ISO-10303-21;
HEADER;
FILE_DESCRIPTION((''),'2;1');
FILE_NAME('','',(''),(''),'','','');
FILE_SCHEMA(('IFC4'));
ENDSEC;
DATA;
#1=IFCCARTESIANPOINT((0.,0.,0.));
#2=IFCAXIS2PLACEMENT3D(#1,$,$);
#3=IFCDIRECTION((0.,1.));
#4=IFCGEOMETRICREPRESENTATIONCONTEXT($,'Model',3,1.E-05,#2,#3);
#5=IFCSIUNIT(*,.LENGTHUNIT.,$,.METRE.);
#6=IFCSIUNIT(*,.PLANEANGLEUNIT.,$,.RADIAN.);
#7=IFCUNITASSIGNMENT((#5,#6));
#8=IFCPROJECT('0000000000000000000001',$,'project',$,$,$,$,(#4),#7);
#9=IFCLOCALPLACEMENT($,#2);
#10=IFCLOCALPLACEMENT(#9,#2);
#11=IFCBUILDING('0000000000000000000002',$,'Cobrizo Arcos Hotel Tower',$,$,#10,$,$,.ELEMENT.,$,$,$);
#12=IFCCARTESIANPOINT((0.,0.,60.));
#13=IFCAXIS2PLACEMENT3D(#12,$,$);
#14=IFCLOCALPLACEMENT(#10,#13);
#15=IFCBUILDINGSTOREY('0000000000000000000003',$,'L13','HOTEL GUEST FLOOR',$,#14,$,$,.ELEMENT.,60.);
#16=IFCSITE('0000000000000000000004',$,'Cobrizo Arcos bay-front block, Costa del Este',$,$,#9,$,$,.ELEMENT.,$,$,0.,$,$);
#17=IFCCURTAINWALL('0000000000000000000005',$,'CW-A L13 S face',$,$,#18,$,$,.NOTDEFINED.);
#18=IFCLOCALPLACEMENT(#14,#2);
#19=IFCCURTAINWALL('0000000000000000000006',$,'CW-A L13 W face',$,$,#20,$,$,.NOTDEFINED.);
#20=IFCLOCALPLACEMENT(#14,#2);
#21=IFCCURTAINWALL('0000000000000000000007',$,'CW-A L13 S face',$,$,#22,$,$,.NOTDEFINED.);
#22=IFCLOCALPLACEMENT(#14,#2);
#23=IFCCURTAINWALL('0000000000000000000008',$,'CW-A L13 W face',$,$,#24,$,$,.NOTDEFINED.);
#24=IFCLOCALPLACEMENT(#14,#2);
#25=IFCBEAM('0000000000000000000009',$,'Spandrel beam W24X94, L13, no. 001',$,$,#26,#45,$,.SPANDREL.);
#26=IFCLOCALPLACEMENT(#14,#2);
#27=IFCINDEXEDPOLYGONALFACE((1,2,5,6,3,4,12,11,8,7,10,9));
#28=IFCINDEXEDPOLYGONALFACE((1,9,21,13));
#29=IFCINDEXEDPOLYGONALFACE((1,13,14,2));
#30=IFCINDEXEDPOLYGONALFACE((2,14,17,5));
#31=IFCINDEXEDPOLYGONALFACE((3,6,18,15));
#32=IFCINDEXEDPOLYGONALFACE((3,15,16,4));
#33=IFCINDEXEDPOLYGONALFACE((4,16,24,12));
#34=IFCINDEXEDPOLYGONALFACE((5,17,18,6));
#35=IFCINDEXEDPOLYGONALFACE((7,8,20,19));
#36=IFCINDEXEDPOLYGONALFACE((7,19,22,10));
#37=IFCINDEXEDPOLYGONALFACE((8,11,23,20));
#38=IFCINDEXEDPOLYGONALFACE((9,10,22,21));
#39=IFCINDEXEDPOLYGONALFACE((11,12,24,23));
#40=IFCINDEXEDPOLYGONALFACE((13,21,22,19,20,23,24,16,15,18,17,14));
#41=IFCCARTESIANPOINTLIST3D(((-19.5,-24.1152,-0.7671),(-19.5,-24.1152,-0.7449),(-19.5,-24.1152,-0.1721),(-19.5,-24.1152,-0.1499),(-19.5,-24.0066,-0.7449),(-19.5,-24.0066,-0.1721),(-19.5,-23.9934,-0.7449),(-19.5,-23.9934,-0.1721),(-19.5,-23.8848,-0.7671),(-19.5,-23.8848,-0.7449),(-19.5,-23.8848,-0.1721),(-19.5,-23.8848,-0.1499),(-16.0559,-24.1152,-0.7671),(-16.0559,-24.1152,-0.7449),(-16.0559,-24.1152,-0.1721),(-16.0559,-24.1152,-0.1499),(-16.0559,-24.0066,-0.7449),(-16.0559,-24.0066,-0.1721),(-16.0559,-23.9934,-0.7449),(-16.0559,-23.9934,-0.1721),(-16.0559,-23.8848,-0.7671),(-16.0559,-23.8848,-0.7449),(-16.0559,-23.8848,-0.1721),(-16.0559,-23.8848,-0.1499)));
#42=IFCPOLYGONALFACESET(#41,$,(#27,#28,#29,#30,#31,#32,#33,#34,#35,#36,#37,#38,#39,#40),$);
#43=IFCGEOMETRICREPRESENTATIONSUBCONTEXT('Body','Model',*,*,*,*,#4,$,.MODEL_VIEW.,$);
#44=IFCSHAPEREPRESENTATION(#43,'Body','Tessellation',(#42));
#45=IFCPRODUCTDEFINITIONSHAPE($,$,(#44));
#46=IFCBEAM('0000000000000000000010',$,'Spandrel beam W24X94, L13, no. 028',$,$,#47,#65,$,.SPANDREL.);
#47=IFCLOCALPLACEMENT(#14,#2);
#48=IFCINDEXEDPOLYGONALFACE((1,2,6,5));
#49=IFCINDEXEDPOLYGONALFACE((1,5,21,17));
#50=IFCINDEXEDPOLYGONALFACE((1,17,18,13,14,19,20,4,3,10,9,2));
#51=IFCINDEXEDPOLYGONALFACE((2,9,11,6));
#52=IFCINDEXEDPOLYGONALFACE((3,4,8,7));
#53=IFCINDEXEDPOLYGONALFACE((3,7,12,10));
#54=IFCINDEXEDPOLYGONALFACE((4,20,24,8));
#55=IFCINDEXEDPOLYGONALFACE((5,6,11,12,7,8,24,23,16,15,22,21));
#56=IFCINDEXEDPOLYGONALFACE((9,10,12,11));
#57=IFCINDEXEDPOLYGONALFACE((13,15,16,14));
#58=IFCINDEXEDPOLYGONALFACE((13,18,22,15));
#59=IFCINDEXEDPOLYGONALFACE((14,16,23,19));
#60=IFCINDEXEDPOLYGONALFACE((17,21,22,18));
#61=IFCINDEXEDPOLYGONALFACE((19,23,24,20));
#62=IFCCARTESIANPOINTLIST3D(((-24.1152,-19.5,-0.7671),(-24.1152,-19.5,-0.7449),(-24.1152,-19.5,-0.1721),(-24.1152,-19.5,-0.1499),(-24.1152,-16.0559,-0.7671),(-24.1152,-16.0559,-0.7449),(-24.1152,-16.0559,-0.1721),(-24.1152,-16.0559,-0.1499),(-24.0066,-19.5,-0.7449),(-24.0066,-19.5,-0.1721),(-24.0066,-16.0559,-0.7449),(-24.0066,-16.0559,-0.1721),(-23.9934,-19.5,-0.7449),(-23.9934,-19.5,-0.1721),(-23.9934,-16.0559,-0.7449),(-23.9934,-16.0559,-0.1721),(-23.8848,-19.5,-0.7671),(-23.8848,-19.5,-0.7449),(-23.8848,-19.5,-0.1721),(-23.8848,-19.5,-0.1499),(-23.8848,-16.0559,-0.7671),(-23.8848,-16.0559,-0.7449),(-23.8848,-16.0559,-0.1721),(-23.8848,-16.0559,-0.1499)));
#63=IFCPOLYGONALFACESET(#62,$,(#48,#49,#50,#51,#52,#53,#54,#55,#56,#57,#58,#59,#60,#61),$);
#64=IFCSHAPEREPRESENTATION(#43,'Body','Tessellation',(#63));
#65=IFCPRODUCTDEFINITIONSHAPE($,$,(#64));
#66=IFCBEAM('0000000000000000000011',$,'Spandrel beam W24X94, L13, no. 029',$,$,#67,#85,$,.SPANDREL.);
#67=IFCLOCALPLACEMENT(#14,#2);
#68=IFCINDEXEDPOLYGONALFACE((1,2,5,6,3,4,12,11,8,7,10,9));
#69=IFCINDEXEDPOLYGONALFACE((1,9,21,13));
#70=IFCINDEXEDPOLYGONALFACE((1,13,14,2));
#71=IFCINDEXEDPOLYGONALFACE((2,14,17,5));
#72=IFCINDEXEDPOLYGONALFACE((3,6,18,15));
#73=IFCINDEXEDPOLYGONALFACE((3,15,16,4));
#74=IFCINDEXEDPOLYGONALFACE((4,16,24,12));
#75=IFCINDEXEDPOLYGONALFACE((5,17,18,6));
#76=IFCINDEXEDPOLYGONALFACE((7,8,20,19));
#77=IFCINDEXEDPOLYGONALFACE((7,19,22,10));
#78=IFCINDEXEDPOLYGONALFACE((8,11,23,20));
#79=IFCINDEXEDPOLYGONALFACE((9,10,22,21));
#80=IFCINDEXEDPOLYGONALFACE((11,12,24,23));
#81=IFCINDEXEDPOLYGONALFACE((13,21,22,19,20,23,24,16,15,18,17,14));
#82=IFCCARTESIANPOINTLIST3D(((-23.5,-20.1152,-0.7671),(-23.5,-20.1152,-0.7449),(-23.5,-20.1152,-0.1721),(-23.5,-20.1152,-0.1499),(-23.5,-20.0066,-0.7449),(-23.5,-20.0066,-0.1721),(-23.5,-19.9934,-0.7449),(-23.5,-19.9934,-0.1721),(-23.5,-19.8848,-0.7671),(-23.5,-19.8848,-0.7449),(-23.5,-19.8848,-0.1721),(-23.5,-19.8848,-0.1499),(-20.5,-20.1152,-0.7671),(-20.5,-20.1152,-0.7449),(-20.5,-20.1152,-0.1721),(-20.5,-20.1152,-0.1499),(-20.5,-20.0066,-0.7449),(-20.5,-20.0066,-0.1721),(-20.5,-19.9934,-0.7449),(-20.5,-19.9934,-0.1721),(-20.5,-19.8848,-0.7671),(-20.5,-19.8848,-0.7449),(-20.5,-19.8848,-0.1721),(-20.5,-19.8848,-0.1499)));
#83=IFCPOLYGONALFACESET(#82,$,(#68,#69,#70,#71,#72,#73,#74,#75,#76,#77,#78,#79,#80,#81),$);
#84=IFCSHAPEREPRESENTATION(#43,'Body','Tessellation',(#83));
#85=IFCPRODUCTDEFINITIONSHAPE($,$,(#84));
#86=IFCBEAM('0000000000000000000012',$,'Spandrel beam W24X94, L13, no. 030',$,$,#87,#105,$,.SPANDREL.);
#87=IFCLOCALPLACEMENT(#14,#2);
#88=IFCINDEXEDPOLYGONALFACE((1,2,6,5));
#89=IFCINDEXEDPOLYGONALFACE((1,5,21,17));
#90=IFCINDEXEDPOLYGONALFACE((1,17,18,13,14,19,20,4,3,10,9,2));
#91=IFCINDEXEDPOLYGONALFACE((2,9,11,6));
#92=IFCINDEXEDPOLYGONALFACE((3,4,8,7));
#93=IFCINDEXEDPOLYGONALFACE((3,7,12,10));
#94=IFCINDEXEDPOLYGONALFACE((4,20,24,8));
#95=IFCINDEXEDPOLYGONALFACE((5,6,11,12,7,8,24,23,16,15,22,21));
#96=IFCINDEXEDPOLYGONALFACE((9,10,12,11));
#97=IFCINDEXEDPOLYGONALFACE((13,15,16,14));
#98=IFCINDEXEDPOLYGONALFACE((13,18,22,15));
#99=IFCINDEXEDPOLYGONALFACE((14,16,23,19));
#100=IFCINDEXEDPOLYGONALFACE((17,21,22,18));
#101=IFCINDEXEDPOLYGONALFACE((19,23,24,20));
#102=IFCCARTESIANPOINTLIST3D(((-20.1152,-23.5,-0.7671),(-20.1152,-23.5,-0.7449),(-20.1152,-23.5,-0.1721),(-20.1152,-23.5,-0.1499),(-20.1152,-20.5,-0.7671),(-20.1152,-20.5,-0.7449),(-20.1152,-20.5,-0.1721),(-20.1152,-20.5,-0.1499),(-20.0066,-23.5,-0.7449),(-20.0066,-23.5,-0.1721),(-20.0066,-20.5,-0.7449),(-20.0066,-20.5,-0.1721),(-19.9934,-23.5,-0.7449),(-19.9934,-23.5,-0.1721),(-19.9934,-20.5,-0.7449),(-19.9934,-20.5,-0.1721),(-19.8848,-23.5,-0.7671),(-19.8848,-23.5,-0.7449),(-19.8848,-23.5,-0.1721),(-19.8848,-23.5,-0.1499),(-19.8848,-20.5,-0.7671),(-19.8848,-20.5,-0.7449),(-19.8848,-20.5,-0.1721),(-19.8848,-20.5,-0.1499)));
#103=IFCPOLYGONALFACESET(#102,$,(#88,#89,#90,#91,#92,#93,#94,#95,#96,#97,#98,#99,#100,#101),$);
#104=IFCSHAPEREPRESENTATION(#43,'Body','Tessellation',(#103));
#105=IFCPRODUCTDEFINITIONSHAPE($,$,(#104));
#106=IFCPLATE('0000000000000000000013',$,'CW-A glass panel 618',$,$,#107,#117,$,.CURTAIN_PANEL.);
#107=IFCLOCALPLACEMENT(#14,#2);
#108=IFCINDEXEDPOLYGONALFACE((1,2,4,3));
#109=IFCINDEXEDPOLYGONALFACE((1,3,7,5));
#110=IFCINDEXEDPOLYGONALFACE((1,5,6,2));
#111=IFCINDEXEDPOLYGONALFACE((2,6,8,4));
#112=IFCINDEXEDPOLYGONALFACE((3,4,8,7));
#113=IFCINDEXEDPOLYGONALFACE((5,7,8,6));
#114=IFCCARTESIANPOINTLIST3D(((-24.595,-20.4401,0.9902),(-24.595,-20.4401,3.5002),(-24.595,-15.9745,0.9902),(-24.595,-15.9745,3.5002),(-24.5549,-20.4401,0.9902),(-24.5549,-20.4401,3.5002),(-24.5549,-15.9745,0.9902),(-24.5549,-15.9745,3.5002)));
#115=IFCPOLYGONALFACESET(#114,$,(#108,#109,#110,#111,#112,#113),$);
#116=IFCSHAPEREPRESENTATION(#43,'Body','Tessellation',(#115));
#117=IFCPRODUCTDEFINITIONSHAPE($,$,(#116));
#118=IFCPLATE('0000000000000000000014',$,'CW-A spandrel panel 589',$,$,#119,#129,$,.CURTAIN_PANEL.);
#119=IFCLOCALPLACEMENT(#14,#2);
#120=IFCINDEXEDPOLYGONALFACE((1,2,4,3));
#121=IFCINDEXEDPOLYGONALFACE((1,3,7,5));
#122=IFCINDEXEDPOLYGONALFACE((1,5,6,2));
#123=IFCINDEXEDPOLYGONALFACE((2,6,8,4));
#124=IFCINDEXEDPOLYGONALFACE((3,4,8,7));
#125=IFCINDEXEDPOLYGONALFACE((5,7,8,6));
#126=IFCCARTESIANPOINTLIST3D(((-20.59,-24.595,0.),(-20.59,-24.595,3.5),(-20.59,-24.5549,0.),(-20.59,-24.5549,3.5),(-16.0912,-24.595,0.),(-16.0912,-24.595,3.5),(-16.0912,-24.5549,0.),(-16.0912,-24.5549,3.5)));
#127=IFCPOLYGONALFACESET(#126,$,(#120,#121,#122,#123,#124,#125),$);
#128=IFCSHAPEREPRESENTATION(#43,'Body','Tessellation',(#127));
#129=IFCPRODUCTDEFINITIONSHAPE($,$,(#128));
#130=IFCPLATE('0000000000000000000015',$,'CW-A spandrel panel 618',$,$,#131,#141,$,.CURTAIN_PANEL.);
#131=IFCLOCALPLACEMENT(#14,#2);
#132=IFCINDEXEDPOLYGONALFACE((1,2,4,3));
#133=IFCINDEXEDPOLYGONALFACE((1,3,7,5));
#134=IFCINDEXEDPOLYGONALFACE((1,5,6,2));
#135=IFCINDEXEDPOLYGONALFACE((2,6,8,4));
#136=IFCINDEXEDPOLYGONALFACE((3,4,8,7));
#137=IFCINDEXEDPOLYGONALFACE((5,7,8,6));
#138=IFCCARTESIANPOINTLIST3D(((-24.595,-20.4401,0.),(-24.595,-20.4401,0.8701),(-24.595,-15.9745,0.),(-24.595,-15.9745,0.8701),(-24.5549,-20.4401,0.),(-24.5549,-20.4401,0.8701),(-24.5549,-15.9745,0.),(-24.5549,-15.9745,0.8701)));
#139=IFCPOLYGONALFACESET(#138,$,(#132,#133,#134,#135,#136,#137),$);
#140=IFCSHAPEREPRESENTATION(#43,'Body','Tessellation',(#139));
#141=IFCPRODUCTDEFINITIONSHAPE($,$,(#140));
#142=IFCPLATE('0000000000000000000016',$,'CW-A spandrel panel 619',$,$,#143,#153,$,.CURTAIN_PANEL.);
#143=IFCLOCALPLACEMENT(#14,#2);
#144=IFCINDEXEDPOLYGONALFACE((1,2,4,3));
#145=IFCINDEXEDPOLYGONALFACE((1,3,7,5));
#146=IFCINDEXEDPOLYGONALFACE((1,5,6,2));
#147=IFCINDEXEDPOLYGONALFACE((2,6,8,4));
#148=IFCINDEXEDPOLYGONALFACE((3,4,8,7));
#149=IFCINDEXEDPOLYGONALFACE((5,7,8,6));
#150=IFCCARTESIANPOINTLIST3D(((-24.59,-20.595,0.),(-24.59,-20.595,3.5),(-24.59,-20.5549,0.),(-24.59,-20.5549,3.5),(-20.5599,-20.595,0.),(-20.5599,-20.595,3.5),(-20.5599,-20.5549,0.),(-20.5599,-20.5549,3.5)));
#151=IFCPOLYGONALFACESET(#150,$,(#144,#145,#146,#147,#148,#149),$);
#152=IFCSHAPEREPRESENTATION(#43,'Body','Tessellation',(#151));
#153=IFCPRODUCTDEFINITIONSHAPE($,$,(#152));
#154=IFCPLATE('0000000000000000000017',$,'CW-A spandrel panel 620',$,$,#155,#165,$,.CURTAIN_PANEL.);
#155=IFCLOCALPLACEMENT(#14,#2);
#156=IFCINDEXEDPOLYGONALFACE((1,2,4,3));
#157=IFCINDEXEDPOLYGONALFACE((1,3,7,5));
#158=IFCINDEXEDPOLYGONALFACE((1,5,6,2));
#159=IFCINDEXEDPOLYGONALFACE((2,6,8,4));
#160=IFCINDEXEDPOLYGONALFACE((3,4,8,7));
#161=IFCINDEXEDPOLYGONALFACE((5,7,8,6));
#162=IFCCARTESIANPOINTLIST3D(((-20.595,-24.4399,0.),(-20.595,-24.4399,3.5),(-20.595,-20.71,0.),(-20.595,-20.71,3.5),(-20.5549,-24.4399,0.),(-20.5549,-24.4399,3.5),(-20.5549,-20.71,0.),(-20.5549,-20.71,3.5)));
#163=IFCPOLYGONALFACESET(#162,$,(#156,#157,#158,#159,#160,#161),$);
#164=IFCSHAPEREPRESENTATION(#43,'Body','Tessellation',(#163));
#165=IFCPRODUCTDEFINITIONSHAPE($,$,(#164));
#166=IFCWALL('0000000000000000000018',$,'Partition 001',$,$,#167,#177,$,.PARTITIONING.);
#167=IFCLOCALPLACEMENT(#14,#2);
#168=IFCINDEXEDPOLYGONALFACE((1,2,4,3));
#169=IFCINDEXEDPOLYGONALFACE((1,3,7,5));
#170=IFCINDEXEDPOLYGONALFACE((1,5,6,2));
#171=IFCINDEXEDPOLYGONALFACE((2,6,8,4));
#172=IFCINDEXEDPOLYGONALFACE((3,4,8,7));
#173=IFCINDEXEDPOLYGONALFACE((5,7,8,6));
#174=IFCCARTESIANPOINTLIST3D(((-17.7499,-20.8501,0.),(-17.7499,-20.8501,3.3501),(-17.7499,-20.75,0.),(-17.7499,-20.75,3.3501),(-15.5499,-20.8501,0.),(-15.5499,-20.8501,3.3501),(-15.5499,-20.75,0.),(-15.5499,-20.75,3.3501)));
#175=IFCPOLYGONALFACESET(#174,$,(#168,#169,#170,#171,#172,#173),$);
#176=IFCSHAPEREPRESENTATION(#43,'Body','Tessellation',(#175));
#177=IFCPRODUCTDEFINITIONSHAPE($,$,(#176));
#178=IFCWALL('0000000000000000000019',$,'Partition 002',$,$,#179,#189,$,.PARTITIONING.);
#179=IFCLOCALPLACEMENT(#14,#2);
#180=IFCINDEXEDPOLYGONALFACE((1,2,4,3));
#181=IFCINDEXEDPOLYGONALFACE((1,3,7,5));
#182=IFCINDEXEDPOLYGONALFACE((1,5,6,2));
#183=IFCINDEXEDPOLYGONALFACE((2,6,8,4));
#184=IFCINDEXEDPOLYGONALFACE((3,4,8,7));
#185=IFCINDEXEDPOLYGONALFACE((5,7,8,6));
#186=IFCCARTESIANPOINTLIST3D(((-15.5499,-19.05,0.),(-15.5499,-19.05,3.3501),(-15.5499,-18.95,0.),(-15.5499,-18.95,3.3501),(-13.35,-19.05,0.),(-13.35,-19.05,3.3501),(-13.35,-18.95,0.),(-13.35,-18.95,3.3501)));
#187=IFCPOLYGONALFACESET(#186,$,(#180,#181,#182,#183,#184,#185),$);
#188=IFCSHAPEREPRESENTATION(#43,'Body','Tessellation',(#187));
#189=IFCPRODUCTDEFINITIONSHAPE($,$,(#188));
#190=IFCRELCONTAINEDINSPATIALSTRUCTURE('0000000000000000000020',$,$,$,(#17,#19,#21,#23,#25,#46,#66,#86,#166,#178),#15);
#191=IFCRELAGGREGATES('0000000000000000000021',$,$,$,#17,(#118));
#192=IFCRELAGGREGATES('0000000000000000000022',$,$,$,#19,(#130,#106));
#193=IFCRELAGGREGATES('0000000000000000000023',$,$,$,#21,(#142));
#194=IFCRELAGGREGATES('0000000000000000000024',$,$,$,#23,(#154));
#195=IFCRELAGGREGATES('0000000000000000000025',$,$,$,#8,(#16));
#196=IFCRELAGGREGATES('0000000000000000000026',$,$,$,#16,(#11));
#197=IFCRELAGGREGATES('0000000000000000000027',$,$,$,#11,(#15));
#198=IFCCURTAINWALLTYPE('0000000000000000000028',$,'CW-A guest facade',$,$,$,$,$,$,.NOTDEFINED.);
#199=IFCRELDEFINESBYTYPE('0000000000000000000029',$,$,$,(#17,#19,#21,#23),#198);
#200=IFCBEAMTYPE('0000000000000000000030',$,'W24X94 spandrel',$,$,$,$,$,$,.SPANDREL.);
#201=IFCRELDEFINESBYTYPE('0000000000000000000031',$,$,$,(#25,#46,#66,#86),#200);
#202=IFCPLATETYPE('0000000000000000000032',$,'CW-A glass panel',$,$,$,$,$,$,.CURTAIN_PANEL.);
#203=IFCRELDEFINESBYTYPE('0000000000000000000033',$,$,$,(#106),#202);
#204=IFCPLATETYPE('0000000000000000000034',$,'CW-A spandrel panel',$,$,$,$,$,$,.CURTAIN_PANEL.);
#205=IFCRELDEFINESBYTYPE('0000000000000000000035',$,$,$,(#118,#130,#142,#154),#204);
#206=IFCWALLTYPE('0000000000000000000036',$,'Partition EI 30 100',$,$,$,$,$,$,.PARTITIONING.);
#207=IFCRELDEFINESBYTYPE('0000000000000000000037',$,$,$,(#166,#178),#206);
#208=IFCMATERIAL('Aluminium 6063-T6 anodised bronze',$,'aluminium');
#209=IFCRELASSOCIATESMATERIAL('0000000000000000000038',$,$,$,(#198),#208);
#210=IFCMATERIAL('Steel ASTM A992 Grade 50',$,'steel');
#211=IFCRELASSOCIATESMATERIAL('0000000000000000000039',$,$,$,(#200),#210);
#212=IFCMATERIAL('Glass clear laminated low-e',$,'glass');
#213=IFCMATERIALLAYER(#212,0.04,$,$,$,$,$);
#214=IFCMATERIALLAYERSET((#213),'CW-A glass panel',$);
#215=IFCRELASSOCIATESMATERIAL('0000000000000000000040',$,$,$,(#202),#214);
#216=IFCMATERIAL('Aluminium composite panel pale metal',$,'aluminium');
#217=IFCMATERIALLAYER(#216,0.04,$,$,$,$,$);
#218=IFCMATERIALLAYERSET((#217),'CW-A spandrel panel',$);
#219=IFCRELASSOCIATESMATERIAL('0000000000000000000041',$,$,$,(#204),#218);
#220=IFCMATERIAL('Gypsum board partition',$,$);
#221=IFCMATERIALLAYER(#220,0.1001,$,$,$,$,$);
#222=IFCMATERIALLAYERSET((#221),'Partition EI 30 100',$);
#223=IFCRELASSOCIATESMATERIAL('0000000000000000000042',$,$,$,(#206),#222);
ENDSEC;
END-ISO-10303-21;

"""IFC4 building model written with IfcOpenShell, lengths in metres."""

from ifc_helpers import new_model, si_unit, direction, frame, frame_2d, origin, origin_2d, place, context, subcontext, project, spatial, rectangle, i_section, extrude, material, layer, layer_set, material_profile, profile_set, type_object, element, aggregate, save


model = new_model("IFC4")

# Units and contexts
model_context = context("Model", 3, precision=1e-05, world=origin(), true_north=direction((0.0, 1.0)))
body_context = subcontext(model_context, "Body", "Model", "MODEL_VIEW")
ifc_project = project(units=[si_unit("LENGTHUNIT", "METRE"), si_unit("PLANEANGLEUNIT", "RADIAN")], contexts=[model_context])

# Site, building, storey
site_placement = place(None, origin())
site = spatial("IfcSite", under=ifc_project, at=site_placement, Name="Cobrizo Arcos bay-front block, Costa del Este", CompositionType="ELEMENT", RefElevation=0.0)
building_placement = place(site_placement, origin())
building = spatial("IfcBuilding", under=site, at=building_placement, Name="Cobrizo Arcos Hotel Tower", CompositionType="ELEMENT")
storey_placement = place(building_placement, frame((0.0, 0.0, 60.0)))
storey = spatial("IfcBuildingStorey", under=building, at=storey_placement, Name="L13", Description="HOTEL GUEST FLOOR", CompositionType="ELEMENT", Elevation=60.0)

# Curtain wall
ifc_material_1 = material(Name="Aluminium 6063-T6 anodised bronze", Category="aluminium")
curtain_wall_type = type_object("IfcCurtainWallType", Name="CW-A guest facade", PredefinedType="NOTDEFINED", material=ifc_material_1)
curtain_wall_1_placement = place(storey_placement, origin())
curtain_wall_1 = element("IfcCurtainWall", 1, at=curtain_wall_1_placement, inside=storey, type_object=curtain_wall_type, Name="CW-A L13 S face", PredefinedType="NOTDEFINED")

# Curtain wall
curtain_wall_2_placement = place(storey_placement, origin())
curtain_wall_2 = element("IfcCurtainWall", 2, at=curtain_wall_2_placement, inside=storey, type_object=curtain_wall_type, Name="CW-A L13 W face", PredefinedType="NOTDEFINED")

# Curtain walls
curtain_wall_3_placement = place(storey_placement, origin())
curtain_wall_3 = element("IfcCurtainWall", 3, at=curtain_wall_3_placement, inside=storey, type_object=curtain_wall_type, Name="CW-A L13 S face", PredefinedType="NOTDEFINED")
curtain_wall_4_placement = place(storey_placement, origin())
curtain_wall_4 = element("IfcCurtainWall", 4, at=curtain_wall_4_placement, inside=storey, type_object=curtain_wall_type, Name="CW-A L13 W face", PredefinedType="NOTDEFINED")

# Beams
ifc_material_2 = material(Name="Steel ASTM A992 Grade 50", Category="steel")
ifc_material_profile_1 = material_profile(ifc_material_2, i_section(OverallWidth=0.2305, OverallDepth=0.6172, WebThickness=0.0132, FlangeThickness=0.0222, at=origin_2d()), Name="W24X94")
ifc_profile_set_1 = profile_set([ifc_material_profile_1], Name="Steel ASTM A992 Grade 50")
beam_type_1 = type_object("IfcBeamType", Name="W24X94 spandrel", PredefinedType="SPANDREL", material=ifc_profile_set_1)
for number, where, z_axis, x_axis, name in (
    (5, (-19.5, -24.0, -0.4585), (1.0, 0.0, 0.0), (0.0, 1.0, 0.0), "Spandrel beam W24X94, L13, no. 001"),
    (6, (-24.0, -16.0559, -0.4585), (0.0, -1.0, 0.0), (1.0, 0.0, 0.0), "Spandrel beam W24X94, L13, no. 028"),
):
    element("IfcBeam", number, at=place(storey_placement, frame(where, z_axis=z_axis, x_axis=x_axis)), inside=storey, type_object=beam_type_1, Name=name, PredefinedType="SPANDREL", context=body_context, shape_type="SweptSolid", body=[
        extrude(i_section(OverallWidth=0.2305, OverallDepth=0.6172, WebThickness=0.0132, FlangeThickness=0.0222, at=origin_2d()), origin(), (0.0, 0.0, 1.0), 3.4441),
    ])
for number, where, z_axis, x_axis, name in (
    (7, (-23.5, -20.0, -0.4585), (1.0, 0.0, 0.0), (0.0, 1.0, 0.0), "Spandrel beam W24X94, L13, no. 029"),
    (8, (-20.0, -20.5, -0.4585), (0.0, -1.0, 0.0), (1.0, 0.0, 0.0), "Spandrel beam W24X94, L13, no. 030"),
):
    element("IfcBeam", number, at=place(storey_placement, frame(where, z_axis=z_axis, x_axis=x_axis)), inside=storey, type_object=beam_type_1, Name=name, PredefinedType="SPANDREL", context=body_context, shape_type="SweptSolid", body=[
        extrude(i_section(OverallWidth=0.2305, OverallDepth=0.6172, WebThickness=0.0132, FlangeThickness=0.0222, at=origin_2d()), origin(), (0.0, 0.0, 1.0), 3.0),
    ])

# Plates
ifc_material_3 = material(Name="Glass clear laminated low-e", Category="glass")
ifc_layer_1 = layer(ifc_material_3, 0.04)
ifc_layer_set_1 = layer_set([ifc_layer_1], Name="CW-A glass panel")
plate_type_1 = type_object("IfcPlateType", Name="CW-A glass panel", PredefinedType="CURTAIN_PANEL", material=ifc_layer_set_1)
plate_1_placement = place(storey_placement, frame((-24.575, -18.2073, 0.9902), z_axis=(0.0, 0.0, 1.0), x_axis=(0.0, -1.0, 0.0)))
plate_1 = element("IfcPlate", 9, at=plate_1_placement, type_object=plate_type_1, Name="CW-A glass panel 618", PredefinedType="CURTAIN_PANEL", context=body_context, shape_type="SweptSolid", body=[
    extrude(rectangle(XDim=4.4656, YDim=0.04, at=origin_2d()), origin(), (0.0, 0.0, 1.0), 2.51),
])
ifc_material_4 = material(Name="Aluminium composite panel pale metal", Category="aluminium")
ifc_layer_2 = layer(ifc_material_4, 0.04)
ifc_layer_set_2 = layer_set([ifc_layer_2], Name="CW-A spandrel panel")
plate_type_2 = type_object("IfcPlateType", Name="CW-A spandrel panel", PredefinedType="CURTAIN_PANEL", material=ifc_layer_set_2)
plate_2_placement = place(storey_placement, frame((-18.3406, -24.575, 0.0), z_axis=(0.0, 0.0, 1.0), x_axis=(1.0, 0.0, 0.0)))
plate_2 = element("IfcPlate", 10, at=plate_2_placement, type_object=plate_type_2, Name="CW-A spandrel panel 589", PredefinedType="CURTAIN_PANEL", context=body_context, shape_type="SweptSolid", body=[
    extrude(rectangle(XDim=4.4988, YDim=0.04, at=origin_2d()), origin(), (0.0, 0.0, 1.0), 3.5),
])
aggregate(curtain_wall_1, [plate_2])
plate_3_placement = place(storey_placement, frame((-24.575, -18.2073, 0.0), z_axis=(0.0, 0.0, 1.0), x_axis=(0.0, -1.0, 0.0)))
plate_3 = element("IfcPlate", 11, at=plate_3_placement, type_object=plate_type_2, Name="CW-A spandrel panel 618", PredefinedType="CURTAIN_PANEL", context=body_context, shape_type="SweptSolid", body=[
    extrude(rectangle(XDim=4.4656, YDim=0.04, at=origin_2d()), origin(), (0.0, 0.0, 1.0), 0.8701),
])
aggregate(curtain_wall_2, [plate_3, plate_1])
plate_4_placement = place(storey_placement, frame((-22.575, -20.575, 0.0), z_axis=(0.0, 0.0, 1.0), x_axis=(1.0, 0.0, 0.0)))
plate_4 = element("IfcPlate", 12, at=plate_4_placement, type_object=plate_type_2, Name="CW-A spandrel panel 619", PredefinedType="CURTAIN_PANEL", context=body_context, shape_type="SweptSolid", body=[
    extrude(rectangle(XDim=4.03, YDim=0.04, at=origin_2d()), origin(), (0.0, 0.0, 1.0), 3.5),
])
aggregate(curtain_wall_3, [plate_4])
plate_5_placement = place(storey_placement, frame((-20.575, -22.575, 0.0), z_axis=(0.0, 0.0, 1.0), x_axis=(0.0, -1.0, 0.0)))
plate_5 = element("IfcPlate", 13, at=plate_5_placement, type_object=plate_type_2, Name="CW-A spandrel panel 620", PredefinedType="CURTAIN_PANEL", context=body_context, shape_type="SweptSolid", body=[
    extrude(rectangle(XDim=3.73, YDim=0.04, at=origin_2d()), origin(), (0.0, 0.0, 1.0), 3.5),
])
aggregate(curtain_wall_4, [plate_5])

# Walls
ifc_material_5 = material(Name="Gypsum board partition")
ifc_layer_3 = layer(ifc_material_5, 0.1001)
ifc_layer_set_3 = layer_set([ifc_layer_3], Name="Partition EI 30 100")
wall_type = type_object("IfcWallType", Name="Partition EI 30 100", PredefinedType="PARTITIONING", material=ifc_layer_set_3)
for number, where, z_axis, x_axis, name in (
    (14, (-17.75, -20.8, 0.0), (0.0, 0.0, 1.0), (1.0, 0.0, 0.0), "Partition 001"),
    (15, (-15.55, -19.0, 0.0), (0.0, 0.0, 1.0), (1.0, 0.0, 0.0), "Partition 002"),
):
    element("IfcWall", number, at=place(storey_placement, frame(where, z_axis=z_axis, x_axis=x_axis)), inside=storey, type_object=wall_type, Name=name, PredefinedType="PARTITIONING", context=body_context, shape_type="SweptSolid", body=[
        extrude(rectangle(XDim=2.2, YDim=0.1001, at=frame_2d((1.1001, 0.0))), origin(), (0.0, 0.0, 1.0), 3.3501),
    ])

save(model, "model.ifc")
